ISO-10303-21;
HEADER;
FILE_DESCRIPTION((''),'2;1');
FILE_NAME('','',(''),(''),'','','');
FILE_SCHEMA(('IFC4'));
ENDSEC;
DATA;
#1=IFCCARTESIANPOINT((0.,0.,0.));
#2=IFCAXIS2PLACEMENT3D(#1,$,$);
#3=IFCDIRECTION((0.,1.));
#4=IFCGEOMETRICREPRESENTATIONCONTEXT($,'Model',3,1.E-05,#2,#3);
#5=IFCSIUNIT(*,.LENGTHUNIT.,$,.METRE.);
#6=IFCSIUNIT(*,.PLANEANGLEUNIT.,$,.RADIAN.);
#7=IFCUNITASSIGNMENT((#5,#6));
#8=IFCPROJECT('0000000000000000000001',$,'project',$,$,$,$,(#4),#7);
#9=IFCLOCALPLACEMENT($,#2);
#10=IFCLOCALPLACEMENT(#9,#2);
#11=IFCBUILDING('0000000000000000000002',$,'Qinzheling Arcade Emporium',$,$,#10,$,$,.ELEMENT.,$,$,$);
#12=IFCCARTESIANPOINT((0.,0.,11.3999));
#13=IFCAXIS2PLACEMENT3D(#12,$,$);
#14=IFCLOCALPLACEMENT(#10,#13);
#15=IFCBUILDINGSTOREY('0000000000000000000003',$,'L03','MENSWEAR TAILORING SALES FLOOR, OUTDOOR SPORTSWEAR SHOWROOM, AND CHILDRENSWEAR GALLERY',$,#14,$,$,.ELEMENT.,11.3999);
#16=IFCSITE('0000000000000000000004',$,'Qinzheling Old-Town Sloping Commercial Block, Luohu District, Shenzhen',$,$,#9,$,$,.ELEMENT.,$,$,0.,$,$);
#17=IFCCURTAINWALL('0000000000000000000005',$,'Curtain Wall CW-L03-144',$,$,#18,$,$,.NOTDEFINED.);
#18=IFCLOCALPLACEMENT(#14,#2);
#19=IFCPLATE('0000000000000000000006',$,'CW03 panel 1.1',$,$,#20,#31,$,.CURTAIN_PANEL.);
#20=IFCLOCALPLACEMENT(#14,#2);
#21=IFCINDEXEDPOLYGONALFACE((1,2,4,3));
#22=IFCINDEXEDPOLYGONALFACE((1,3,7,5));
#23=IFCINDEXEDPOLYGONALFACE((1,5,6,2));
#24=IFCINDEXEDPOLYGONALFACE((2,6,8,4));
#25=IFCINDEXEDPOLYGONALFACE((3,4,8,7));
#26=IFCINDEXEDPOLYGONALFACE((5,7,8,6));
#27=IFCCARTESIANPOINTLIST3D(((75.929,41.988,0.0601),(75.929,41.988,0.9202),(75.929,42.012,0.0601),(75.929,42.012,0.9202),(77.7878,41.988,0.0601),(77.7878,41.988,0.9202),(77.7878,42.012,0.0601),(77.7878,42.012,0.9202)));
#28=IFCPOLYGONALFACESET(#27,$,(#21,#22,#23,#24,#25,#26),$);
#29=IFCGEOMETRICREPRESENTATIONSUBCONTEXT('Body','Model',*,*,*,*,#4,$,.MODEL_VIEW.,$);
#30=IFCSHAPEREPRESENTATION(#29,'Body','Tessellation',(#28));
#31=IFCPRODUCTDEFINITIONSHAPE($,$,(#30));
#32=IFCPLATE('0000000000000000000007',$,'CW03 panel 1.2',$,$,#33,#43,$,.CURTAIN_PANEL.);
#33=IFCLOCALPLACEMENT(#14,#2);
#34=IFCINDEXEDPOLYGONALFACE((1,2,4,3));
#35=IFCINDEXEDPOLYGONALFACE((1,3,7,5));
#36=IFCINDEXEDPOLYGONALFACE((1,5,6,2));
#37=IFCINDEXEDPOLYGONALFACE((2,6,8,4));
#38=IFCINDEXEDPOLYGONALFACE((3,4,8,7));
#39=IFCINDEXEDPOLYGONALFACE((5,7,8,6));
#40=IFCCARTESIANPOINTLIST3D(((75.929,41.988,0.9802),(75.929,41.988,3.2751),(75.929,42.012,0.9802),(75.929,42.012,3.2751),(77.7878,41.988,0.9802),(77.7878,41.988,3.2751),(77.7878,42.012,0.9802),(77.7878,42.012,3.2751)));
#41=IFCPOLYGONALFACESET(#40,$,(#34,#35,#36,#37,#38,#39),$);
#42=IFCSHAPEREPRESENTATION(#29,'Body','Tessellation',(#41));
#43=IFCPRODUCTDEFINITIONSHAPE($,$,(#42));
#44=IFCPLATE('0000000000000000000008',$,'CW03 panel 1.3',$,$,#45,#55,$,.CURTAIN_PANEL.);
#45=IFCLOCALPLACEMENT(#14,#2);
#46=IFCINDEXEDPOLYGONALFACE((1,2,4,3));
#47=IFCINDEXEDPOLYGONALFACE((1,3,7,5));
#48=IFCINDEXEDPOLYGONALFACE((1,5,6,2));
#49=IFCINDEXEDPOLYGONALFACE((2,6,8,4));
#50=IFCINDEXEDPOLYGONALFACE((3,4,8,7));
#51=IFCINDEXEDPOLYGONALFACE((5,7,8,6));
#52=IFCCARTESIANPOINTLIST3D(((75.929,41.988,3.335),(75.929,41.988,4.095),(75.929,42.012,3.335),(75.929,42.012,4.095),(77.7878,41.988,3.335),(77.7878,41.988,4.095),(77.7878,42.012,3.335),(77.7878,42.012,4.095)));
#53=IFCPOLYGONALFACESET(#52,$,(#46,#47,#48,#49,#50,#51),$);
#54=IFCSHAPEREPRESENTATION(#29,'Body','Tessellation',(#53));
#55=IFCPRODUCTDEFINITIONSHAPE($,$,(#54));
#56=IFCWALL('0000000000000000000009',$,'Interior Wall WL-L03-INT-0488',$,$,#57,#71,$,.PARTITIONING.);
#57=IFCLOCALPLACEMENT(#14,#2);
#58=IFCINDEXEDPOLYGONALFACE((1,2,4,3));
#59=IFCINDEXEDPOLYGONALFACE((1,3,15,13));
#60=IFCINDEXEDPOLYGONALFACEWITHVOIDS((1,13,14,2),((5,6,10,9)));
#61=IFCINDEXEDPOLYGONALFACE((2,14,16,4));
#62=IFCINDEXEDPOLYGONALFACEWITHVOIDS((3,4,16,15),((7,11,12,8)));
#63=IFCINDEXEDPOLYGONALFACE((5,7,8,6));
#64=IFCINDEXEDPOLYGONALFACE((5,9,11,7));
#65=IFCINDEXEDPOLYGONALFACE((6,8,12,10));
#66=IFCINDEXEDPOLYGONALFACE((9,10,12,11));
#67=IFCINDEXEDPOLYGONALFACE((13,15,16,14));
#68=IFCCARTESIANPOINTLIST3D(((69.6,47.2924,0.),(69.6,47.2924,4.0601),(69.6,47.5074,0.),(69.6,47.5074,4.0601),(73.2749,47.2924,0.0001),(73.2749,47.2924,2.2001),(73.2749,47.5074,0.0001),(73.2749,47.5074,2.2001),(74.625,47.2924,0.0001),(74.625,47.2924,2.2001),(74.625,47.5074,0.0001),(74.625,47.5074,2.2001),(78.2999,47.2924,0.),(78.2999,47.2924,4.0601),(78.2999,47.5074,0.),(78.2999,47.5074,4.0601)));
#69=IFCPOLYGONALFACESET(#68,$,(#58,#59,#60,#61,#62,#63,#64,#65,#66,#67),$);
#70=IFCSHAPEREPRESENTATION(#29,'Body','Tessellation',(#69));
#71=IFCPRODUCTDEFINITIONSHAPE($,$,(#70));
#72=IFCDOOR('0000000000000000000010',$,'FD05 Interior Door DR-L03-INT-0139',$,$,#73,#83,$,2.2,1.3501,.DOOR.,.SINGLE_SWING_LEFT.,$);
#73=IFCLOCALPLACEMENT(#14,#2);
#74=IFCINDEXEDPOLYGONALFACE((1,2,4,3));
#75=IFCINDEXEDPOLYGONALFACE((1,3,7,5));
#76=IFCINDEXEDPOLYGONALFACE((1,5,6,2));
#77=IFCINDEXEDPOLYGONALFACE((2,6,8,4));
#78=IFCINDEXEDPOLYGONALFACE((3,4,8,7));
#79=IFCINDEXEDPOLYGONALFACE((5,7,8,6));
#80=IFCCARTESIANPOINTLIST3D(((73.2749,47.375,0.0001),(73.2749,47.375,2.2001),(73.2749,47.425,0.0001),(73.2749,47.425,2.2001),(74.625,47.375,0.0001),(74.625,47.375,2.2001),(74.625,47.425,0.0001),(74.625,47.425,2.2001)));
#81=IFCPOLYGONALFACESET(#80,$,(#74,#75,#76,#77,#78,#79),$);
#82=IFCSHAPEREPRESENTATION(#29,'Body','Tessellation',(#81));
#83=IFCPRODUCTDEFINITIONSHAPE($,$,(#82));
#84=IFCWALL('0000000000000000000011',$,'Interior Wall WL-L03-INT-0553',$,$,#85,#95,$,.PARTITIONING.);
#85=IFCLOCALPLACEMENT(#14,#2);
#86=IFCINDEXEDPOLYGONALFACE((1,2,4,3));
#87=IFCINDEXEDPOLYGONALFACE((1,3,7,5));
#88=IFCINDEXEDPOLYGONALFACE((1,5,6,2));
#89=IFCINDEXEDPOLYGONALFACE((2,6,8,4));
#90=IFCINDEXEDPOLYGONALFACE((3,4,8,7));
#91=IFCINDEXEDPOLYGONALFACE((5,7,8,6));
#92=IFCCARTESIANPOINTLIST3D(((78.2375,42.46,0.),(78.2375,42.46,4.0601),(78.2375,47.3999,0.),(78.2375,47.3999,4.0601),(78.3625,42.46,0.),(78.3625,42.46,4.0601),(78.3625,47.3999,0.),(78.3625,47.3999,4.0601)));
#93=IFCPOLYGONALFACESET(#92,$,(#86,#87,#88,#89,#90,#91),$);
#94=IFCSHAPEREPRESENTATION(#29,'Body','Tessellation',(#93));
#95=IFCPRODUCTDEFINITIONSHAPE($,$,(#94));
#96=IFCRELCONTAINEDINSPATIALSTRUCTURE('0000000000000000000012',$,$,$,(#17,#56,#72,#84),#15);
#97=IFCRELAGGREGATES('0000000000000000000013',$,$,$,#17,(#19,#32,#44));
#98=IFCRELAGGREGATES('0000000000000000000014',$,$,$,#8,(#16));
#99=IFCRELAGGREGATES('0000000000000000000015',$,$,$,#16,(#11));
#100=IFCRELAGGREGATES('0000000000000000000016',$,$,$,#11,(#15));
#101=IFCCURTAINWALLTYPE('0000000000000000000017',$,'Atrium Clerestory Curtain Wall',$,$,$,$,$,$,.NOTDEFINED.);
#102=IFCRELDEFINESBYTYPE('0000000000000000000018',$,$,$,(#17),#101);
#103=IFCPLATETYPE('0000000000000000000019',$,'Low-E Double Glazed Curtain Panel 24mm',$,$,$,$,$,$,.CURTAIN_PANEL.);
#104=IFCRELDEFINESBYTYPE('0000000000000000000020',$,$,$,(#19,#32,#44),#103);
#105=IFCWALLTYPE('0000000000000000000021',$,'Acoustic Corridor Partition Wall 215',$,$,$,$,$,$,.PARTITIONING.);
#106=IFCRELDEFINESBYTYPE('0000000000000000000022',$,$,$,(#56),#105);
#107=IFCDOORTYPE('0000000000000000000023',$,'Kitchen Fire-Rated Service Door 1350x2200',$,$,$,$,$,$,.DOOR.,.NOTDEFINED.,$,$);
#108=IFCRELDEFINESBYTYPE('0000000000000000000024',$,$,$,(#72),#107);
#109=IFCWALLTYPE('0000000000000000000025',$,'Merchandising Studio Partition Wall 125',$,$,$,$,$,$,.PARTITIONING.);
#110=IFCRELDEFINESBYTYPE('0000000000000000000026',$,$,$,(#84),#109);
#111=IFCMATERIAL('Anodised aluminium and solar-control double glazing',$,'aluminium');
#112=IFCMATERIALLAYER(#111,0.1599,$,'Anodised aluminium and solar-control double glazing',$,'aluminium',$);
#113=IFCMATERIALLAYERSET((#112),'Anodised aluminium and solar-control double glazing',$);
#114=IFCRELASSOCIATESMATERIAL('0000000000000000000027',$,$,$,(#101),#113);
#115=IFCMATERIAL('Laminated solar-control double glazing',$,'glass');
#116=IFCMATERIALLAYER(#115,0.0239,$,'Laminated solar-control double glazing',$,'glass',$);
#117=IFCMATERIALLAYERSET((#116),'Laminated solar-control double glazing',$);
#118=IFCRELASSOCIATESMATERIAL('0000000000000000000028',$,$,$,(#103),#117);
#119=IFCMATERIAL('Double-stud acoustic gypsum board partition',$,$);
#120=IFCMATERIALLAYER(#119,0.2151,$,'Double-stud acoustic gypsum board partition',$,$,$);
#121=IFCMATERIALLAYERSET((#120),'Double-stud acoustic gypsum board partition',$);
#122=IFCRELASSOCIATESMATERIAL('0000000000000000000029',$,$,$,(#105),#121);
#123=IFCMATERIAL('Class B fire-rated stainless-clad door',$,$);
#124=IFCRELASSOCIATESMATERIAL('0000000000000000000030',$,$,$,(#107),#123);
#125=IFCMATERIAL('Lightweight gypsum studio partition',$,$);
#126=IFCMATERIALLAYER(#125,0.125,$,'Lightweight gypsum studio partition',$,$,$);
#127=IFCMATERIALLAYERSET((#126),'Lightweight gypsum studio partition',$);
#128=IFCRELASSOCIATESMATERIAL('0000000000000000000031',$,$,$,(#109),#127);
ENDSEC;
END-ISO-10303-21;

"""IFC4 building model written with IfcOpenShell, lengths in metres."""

from ifc_helpers import new_model, si_unit, direction, frame, frame_2d, origin, origin_2d, place, context, subcontext, project, spatial, rectangle, extrude, material, layer, layer_set, type_object, element, fill, aggregate, save


model = new_model("IFC4")

# Units and contexts
model_context = context("Model", 3, precision=1e-05, world=origin(), true_north=direction((0.0, 1.0)))
body_context = subcontext(model_context, "Body", "Model", "MODEL_VIEW")
ifc_project = project(units=[si_unit("LENGTHUNIT", "METRE"), si_unit("PLANEANGLEUNIT", "RADIAN")], contexts=[model_context])

# Site, building, storey
site_placement = place(None, origin())
site = spatial("IfcSite", under=ifc_project, at=site_placement, Name="Qinzheling Old-Town Sloping Commercial Block, Luohu District, Shenzhen", CompositionType="ELEMENT", RefElevation=0.0)
building_placement = place(site_placement, origin())
building = spatial("IfcBuilding", under=site, at=building_placement, Name="Qinzheling Arcade Emporium", CompositionType="ELEMENT")
storey_placement = place(building_placement, frame((0.0, 0.0, 11.3999)))
storey = spatial("IfcBuildingStorey", under=building, at=storey_placement, Name="L03", Description="MENSWEAR TAILORING SALES FLOOR, OUTDOOR SPORTSWEAR SHOWROOM, AND CHILDRENSWEAR GALLERY", CompositionType="ELEMENT", Elevation=11.3999)

# Curtain wall
ifc_material_1 = material(Name="Anodised aluminium and solar-control double glazing", Category="aluminium")
ifc_layer_1 = layer(ifc_material_1, 0.1599, Name="Anodised aluminium and solar-control double glazing", Category="aluminium")
ifc_layer_set_1 = layer_set([ifc_layer_1], Name="Anodised aluminium and solar-control double glazing")
curtain_wall_type = type_object("IfcCurtainWallType", Name="Atrium Clerestory Curtain Wall", PredefinedType="NOTDEFINED", material=ifc_layer_set_1)
curtain_wall_placement = place(storey_placement, origin())
curtain_wall = element("IfcCurtainWall", 1, at=curtain_wall_placement, inside=storey, type_object=curtain_wall_type, Name="Curtain Wall CW-L03-144", PredefinedType="NOTDEFINED")

# Plates
ifc_material_2 = material(Name="Laminated solar-control double glazing", Category="glass")
ifc_layer_2 = layer(ifc_material_2, 0.0239, Name="Laminated solar-control double glazing", Category="glass")
ifc_layer_set_2 = layer_set([ifc_layer_2], Name="Laminated solar-control double glazing")
plate_type = type_object("IfcPlateType", Name="Low-E Double Glazed Curtain Panel 24mm", PredefinedType="CURTAIN_PANEL", material=ifc_layer_set_2)
plate_1_placement = place(storey_placement, frame((76.8584, 42.0, 0.0601), z_axis=(0.0, 0.0, 1.0), x_axis=(-1.0, 0.0, 0.0)))
plate_1 = element("IfcPlate", 2, at=plate_1_placement, type_object=plate_type, Name="CW03 panel 1.1", PredefinedType="CURTAIN_PANEL", context=body_context, shape_type="SweptSolid", body=[
    extrude(rectangle(XDim=1.8589, YDim=0.0239, at=origin_2d()), origin(), (0.0, 0.0, 1.0), 0.8601),
])
plate_2_placement = place(storey_placement, frame((76.8584, 42.0, 0.9802), z_axis=(0.0, 0.0, 1.0), x_axis=(-1.0, 0.0, 0.0)))
plate_2 = element("IfcPlate", 3, at=plate_2_placement, type_object=plate_type, Name="CW03 panel 1.2", PredefinedType="CURTAIN_PANEL", context=body_context, shape_type="SweptSolid", body=[
    extrude(rectangle(XDim=1.8589, YDim=0.0239, at=origin_2d()), origin(), (0.0, 0.0, 1.0), 2.2949),
])
plate_3_placement = place(storey_placement, frame((76.8584, 42.0, 3.335), z_axis=(0.0, 0.0, 1.0), x_axis=(-1.0, 0.0, 0.0)))
plate_3 = element("IfcPlate", 4, at=plate_3_placement, type_object=plate_type, Name="CW03 panel 1.3", PredefinedType="CURTAIN_PANEL", context=body_context, shape_type="SweptSolid", body=[
    extrude(rectangle(XDim=1.8589, YDim=0.0239, at=origin_2d()), origin(), (0.0, 0.0, 1.0), 0.76),
])
aggregate(curtain_wall, [plate_1, plate_2, plate_3])

# Wall, opening, door
ifc_material_3 = material(Name="Double-stud acoustic gypsum board partition")
ifc_layer_3 = layer(ifc_material_3, 0.2151, Name="Double-stud acoustic gypsum board partition")
ifc_layer_set_3 = layer_set([ifc_layer_3], Name="Double-stud acoustic gypsum board partition")
wall_type_1 = type_object("IfcWallType", Name="Acoustic Corridor Partition Wall 215", PredefinedType="PARTITIONING", material=ifc_layer_set_3)
wall_1_placement = place(storey_placement, frame((78.3, 47.3999, 0.0), z_axis=(0.0, 0.0, 1.0), x_axis=(-1.0, 0.0, 0.0)))
wall_1 = element("IfcWall", 5, at=wall_1_placement, inside=storey, type_object=wall_type_1, Name="Interior Wall WL-L03-INT-0488", PredefinedType="PARTITIONING", context=body_context, shape_type="SweptSolid", body=[
    extrude(rectangle(XDim=8.7, YDim=0.2151, at=frame_2d((4.3501, 0.0))), origin(), (0.0, 0.0, 1.0), 4.0601),
])
opening_placement = place(wall_1_placement, frame((3.675, 0.0, 0.0)))
opening = element("IfcOpeningElement", 6, at=opening_placement, cuts=wall_1, PredefinedType="OPENING", context=body_context, shape_type="SweptSolid", body=[
    extrude(rectangle(XDim=1.3501, YDim=2.2, at=frame_2d((0.675, 1.1001))), frame((0.0, 0.1177, 0.0), z_axis=(0.0, -1.0, 0.0), x_axis=(1.0, 0.0, 0.0)), (0.0, 0.0, 1.0), 0.2351),
])
ifc_material_4 = material(Name="Class B fire-rated stainless-clad door")
door_type = type_object("IfcDoorType", Name="Kitchen Fire-Rated Service Door 1350x2200", OperationType="NOTDEFINED", PredefinedType="DOOR", material=ifc_material_4)
door_placement = place(opening_placement, origin())
door = element("IfcDoor", 7, at=door_placement, inside=storey, type_object=door_type, Name="FD05 Interior Door DR-L03-INT-0139", OperationType="SINGLE_SWING_LEFT", OverallHeight=2.2, OverallWidth=1.3501, PredefinedType="DOOR", context=body_context, shape_type="SweptSolid", body=[
    extrude(rectangle(XDim=1.3501, YDim=2.2, at=frame_2d((0.675, 1.1001))), frame((0.0, 0.0249, 0.0), z_axis=(0.0, -1.0, 0.0), x_axis=(1.0, 0.0, 0.0)), (0.0, 0.0, 1.0), 0.05),
])
fill(opening, door)

# Wall
ifc_material_5 = material(Name="Lightweight gypsum studio partition")
ifc_layer_4 = layer(ifc_material_5, 0.125, Name="Lightweight gypsum studio partition")
ifc_layer_set_4 = layer_set([ifc_layer_4], Name="Lightweight gypsum studio partition")
wall_type_2 = type_object("IfcWallType", Name="Merchandising Studio Partition Wall 125", PredefinedType="PARTITIONING", material=ifc_layer_set_4)
wall_2_placement = place(storey_placement, frame((78.3, 47.3999, 0.0), z_axis=(0.0, 0.0, 1.0), x_axis=(0.0, -1.0, 0.0)))
element("IfcWall", 8, at=wall_2_placement, inside=storey, type_object=wall_type_2, Name="Interior Wall WL-L03-INT-0553", PredefinedType="PARTITIONING", context=body_context, shape_type="SweptSolid", body=[
    extrude(rectangle(XDim=4.9399, YDim=0.125, at=frame_2d((2.47, 0.0))), origin(), (0.0, 0.0, 1.0), 4.0601),
])

save(model, "model.ifc")
